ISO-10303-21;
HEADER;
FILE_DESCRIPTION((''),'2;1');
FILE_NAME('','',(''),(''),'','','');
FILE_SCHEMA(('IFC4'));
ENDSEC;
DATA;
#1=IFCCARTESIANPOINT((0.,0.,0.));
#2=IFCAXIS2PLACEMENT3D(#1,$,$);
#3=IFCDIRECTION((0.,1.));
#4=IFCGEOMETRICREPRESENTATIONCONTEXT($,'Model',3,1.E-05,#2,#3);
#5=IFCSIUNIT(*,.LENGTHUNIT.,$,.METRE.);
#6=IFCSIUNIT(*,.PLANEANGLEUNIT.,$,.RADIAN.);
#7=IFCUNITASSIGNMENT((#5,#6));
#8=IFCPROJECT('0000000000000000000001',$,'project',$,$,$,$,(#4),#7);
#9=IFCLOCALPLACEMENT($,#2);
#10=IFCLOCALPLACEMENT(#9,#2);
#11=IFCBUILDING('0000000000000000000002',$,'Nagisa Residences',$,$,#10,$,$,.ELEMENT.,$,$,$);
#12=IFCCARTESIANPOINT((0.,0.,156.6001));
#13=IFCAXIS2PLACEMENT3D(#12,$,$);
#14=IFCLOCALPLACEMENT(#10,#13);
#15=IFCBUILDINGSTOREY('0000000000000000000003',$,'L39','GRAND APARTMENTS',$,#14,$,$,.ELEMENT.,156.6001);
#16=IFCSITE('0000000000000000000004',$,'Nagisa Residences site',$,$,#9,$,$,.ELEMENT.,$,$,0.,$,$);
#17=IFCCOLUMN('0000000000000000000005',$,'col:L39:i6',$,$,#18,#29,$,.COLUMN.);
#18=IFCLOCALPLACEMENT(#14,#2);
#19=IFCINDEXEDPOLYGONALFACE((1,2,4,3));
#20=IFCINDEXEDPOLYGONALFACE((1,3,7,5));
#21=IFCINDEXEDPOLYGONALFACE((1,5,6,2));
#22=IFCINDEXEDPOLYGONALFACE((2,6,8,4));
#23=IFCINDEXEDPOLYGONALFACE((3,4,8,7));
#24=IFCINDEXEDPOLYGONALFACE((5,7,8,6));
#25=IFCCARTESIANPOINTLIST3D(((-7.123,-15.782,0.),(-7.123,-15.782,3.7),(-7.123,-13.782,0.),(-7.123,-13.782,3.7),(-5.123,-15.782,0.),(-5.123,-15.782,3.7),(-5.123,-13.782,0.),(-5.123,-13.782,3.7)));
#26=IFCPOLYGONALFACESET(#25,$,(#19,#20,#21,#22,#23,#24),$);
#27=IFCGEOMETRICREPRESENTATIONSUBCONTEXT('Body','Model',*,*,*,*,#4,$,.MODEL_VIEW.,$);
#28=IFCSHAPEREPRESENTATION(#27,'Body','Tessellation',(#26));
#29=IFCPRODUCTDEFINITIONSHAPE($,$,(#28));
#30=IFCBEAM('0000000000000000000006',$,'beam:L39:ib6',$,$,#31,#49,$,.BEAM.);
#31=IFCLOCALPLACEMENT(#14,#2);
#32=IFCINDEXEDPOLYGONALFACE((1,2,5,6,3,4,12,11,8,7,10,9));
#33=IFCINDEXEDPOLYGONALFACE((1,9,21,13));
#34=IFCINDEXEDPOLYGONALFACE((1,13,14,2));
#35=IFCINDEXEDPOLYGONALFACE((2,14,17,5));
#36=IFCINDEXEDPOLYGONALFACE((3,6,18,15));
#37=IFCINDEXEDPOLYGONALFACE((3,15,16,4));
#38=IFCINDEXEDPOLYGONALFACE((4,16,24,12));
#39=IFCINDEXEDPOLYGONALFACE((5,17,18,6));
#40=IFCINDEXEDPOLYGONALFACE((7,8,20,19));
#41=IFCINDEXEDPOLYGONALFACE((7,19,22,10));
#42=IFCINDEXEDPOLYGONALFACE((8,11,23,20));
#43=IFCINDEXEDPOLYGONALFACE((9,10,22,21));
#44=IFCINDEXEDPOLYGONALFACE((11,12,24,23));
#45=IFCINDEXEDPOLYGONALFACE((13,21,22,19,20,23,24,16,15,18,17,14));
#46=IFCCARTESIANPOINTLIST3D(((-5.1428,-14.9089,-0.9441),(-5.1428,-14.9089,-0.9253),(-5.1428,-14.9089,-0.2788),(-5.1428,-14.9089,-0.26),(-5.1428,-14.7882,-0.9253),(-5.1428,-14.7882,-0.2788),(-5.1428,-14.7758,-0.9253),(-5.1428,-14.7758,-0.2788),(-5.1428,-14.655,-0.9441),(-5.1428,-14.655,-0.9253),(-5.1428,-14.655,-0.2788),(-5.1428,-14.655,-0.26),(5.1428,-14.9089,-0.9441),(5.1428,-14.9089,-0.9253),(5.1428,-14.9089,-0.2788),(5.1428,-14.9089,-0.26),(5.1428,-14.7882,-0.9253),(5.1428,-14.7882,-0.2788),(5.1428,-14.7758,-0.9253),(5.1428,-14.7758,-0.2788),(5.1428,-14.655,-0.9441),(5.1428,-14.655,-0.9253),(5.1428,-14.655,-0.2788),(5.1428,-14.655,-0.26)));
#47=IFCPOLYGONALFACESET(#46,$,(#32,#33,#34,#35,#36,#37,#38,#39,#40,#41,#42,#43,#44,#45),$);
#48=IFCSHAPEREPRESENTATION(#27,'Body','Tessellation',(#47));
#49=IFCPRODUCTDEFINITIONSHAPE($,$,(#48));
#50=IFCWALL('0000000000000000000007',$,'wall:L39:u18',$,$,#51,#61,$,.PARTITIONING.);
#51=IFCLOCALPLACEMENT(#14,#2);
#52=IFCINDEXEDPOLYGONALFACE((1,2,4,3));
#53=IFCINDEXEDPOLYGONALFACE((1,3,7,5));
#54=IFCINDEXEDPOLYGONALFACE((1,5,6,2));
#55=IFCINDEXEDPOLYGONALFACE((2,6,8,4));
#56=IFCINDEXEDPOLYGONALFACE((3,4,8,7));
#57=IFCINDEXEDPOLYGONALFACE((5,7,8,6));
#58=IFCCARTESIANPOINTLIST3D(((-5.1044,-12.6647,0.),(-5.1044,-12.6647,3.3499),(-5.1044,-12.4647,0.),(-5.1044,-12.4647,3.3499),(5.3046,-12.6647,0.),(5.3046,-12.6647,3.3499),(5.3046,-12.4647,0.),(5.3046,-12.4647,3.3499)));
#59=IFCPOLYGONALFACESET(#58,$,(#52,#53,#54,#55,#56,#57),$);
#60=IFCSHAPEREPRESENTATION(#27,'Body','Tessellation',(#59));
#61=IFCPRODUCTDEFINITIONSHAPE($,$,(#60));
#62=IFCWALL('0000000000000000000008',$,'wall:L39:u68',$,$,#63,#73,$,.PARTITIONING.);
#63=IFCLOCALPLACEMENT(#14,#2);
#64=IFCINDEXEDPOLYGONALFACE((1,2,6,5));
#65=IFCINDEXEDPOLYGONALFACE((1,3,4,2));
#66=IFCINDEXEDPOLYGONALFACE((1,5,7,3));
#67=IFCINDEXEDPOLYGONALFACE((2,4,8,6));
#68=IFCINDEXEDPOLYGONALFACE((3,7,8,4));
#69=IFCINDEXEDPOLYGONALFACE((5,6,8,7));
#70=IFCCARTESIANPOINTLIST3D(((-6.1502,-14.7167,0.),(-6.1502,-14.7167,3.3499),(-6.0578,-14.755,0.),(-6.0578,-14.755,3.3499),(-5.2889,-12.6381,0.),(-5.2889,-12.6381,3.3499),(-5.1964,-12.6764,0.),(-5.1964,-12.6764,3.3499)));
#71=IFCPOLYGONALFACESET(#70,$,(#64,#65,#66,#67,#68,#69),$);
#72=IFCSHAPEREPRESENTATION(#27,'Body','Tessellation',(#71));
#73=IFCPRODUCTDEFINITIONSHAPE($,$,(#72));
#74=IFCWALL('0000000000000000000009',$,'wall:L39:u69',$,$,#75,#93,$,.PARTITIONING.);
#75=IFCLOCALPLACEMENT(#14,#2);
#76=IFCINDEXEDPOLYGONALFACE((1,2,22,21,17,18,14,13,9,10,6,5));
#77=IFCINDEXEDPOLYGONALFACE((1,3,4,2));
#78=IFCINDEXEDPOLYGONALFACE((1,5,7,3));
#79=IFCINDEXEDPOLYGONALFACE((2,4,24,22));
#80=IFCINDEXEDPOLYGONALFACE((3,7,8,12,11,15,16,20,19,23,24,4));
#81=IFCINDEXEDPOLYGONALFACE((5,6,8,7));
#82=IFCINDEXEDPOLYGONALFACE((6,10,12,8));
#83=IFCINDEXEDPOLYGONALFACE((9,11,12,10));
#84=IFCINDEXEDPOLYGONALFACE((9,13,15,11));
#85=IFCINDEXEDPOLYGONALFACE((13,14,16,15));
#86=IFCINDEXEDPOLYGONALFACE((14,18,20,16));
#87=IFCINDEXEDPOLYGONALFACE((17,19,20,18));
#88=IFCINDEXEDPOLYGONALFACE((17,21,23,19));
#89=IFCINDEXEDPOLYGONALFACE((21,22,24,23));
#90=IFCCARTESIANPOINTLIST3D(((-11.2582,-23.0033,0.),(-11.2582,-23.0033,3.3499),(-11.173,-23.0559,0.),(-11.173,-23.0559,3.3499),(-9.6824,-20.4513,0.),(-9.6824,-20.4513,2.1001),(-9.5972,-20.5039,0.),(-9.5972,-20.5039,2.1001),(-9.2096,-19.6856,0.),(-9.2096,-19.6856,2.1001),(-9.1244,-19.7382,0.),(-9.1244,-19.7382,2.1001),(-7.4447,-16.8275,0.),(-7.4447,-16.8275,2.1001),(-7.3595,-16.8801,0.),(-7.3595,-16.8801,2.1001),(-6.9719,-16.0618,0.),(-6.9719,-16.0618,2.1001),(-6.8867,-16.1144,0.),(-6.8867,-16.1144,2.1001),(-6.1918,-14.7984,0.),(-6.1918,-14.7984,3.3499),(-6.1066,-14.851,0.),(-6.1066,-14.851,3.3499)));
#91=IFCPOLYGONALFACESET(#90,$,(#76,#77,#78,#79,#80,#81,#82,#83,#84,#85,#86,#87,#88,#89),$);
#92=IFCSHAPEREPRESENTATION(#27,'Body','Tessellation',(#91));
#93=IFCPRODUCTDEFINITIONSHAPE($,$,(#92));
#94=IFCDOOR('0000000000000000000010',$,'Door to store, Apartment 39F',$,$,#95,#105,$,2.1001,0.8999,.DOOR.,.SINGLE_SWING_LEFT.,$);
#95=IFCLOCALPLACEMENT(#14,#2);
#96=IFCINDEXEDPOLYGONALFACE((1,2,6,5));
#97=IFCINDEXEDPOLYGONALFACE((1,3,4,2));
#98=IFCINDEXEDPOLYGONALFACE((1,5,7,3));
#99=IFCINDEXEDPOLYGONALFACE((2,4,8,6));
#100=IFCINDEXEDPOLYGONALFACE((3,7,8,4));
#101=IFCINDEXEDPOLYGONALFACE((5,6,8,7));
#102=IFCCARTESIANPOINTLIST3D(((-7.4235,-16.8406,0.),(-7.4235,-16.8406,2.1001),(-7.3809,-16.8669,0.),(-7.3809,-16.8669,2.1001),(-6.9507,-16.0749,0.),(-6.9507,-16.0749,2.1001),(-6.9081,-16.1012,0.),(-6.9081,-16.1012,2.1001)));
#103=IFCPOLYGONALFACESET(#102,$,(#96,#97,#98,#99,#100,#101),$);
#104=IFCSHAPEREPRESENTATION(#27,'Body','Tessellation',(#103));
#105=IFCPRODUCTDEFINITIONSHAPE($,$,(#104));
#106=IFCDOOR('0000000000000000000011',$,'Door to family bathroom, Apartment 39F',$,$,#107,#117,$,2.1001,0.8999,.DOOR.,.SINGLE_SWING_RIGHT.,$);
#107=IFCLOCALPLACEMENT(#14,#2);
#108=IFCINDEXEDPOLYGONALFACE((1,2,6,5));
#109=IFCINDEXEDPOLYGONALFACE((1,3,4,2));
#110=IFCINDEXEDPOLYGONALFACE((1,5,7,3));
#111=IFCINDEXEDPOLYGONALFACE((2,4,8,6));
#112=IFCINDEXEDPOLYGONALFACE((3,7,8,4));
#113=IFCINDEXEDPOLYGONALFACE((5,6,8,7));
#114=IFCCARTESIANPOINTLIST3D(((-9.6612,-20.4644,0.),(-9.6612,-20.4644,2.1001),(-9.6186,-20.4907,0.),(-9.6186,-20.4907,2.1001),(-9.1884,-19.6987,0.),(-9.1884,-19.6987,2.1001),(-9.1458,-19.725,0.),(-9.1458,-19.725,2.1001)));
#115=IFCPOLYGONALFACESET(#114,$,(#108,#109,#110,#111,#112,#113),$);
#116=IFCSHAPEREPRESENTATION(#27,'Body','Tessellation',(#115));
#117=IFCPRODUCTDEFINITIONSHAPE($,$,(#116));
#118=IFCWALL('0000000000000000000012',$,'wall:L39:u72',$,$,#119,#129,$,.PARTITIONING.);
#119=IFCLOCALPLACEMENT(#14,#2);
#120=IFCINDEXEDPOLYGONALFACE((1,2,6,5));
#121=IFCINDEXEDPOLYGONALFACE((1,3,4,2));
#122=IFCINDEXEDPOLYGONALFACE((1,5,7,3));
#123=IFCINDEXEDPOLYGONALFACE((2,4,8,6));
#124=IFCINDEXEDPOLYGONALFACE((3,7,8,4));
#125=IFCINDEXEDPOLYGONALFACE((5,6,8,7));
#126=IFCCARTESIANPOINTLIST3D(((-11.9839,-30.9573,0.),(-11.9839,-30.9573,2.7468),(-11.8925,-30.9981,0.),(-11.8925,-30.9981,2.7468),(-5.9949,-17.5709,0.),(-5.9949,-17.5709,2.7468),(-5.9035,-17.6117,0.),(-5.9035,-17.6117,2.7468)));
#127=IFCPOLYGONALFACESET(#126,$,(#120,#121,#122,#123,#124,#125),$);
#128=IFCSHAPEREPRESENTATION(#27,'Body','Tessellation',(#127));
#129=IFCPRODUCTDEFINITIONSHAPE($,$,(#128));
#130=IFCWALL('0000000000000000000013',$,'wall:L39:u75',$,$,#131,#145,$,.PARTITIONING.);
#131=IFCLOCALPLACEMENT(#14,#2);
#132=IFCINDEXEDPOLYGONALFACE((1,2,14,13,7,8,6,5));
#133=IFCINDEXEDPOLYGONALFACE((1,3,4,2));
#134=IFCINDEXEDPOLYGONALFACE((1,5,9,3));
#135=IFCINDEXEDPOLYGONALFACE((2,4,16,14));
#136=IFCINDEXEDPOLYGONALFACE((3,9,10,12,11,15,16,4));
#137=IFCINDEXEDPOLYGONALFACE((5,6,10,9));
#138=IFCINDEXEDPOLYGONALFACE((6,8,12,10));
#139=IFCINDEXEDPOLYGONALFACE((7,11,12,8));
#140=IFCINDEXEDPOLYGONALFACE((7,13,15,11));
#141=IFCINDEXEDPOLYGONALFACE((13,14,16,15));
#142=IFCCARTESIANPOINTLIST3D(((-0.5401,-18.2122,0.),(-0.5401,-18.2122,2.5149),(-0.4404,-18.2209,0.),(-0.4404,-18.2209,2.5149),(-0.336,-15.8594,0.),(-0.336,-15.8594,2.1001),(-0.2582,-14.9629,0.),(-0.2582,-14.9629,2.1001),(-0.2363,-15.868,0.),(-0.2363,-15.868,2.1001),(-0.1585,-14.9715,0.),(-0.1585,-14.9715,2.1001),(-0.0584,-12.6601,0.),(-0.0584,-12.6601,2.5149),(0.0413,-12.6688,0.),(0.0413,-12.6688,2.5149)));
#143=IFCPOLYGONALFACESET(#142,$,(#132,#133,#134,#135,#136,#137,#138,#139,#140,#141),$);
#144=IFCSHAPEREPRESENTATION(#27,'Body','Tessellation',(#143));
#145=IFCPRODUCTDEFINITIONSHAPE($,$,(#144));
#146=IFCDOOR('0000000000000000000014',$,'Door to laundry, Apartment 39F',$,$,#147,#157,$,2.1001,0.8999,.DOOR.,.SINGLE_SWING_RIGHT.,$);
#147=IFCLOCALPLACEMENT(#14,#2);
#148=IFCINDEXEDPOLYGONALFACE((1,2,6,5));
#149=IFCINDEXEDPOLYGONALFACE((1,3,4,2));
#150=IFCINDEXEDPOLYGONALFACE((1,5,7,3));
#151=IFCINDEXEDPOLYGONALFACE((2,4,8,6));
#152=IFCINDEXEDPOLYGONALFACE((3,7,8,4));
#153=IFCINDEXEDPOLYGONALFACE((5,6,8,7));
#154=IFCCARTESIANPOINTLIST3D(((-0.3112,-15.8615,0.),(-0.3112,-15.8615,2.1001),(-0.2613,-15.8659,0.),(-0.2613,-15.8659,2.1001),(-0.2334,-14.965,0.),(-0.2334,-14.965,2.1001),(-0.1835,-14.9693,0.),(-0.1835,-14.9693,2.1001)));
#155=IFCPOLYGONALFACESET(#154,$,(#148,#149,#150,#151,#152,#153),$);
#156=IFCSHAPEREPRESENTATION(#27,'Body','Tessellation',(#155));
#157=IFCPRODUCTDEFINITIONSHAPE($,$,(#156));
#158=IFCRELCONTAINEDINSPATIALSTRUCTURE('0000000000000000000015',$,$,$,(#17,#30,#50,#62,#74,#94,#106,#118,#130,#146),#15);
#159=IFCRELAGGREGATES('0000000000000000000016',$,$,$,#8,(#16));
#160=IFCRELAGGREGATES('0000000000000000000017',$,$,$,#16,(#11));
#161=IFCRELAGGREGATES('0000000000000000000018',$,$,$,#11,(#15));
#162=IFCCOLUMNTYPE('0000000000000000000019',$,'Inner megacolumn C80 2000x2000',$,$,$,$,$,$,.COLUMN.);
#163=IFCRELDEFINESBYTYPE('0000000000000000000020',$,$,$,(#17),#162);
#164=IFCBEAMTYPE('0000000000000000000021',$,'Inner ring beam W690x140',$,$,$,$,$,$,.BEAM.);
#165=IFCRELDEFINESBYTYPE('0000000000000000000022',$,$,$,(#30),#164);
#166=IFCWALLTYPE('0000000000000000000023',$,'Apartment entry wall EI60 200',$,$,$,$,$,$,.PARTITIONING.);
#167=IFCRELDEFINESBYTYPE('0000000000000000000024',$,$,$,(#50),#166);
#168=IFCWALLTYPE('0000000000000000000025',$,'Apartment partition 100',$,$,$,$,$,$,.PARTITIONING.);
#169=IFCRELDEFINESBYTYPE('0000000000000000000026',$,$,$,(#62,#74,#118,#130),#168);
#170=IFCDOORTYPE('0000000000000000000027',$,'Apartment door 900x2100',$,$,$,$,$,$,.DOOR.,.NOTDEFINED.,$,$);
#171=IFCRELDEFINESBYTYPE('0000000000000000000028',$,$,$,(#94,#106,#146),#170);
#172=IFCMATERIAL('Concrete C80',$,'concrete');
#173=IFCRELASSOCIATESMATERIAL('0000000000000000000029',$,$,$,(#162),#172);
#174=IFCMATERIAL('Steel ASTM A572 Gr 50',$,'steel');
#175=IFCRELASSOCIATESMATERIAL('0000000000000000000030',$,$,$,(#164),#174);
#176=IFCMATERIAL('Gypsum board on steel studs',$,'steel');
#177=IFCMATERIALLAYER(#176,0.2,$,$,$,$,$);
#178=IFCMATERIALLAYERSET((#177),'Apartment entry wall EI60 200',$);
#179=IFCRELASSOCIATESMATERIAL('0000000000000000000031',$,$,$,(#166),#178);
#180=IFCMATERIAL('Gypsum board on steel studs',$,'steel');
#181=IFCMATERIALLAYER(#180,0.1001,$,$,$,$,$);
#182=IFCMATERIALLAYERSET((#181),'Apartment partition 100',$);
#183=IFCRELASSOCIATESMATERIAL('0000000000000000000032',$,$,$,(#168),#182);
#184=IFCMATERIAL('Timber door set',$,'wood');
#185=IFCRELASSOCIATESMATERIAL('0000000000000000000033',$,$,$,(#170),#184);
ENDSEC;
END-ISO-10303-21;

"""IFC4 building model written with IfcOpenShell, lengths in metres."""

from ifc_helpers import new_model, si_unit, direction, frame, frame_2d, origin, origin_2d, place, context, subcontext, project, spatial, rectangle, i_section, extrude, material, layer, layer_set, material_profile, profile_set, type_object, element, fill, save


model = new_model("IFC4")

# Units and contexts
model_context = context("Model", 3, precision=1e-05, world=origin(), true_north=direction((0.0, 1.0)))
body_context = subcontext(model_context, "Body", "Model", "MODEL_VIEW")
ifc_project = project(units=[si_unit("LENGTHUNIT", "METRE"), si_unit("PLANEANGLEUNIT", "RADIAN")], contexts=[model_context])

# Site, building, storey
site_placement = place(None, origin())
site = spatial("IfcSite", under=ifc_project, at=site_placement, Name="Nagisa Residences site", CompositionType="ELEMENT", RefElevation=0.0)
building_placement = place(site_placement, origin())
building = spatial("IfcBuilding", under=site, at=building_placement, Name="Nagisa Residences", CompositionType="ELEMENT")
storey_placement = place(building_placement, frame((0.0, 0.0, 156.6001)))
storey = spatial("IfcBuildingStorey", under=building, at=storey_placement, Name="L39", Description="GRAND APARTMENTS", CompositionType="ELEMENT", Elevation=156.6001)

# Column
ifc_material_1 = material(Name="Concrete C80", Category="concrete")
ifc_material_profile_1 = material_profile(ifc_material_1, rectangle(XDim=2.0, YDim=2.0, at=origin_2d()), Name="C80 2000x2000")
ifc_profile_set_1 = profile_set([ifc_material_profile_1], Name="Concrete C80")
column_type = type_object("IfcColumnType", Name="Inner megacolumn C80 2000x2000", PredefinedType="COLUMN", material=ifc_profile_set_1)
column_placement = place(storey_placement, frame((-6.123, -14.782, 0.0), z_axis=(0.0, 0.0, 1.0), x_axis=(1.0, 0.0, 0.0)))
element("IfcColumn", 1, at=column_placement, inside=storey, type_object=column_type, Name="col:L39:i6", PredefinedType="COLUMN", context=body_context, shape_type="SweptSolid", body=[
    extrude(rectangle(XDim=2.0, YDim=2.0, at=origin_2d()), origin(), (0.0, 0.0, 1.0), 3.7),
])

# Beam
ifc_material_2 = material(Name="Steel ASTM A572 Gr 50", Category="steel")
ifc_material_profile_2 = material_profile(ifc_material_2, i_section(OverallWidth=0.2539, OverallDepth=0.6841, WebThickness=0.0125, FlangeThickness=0.0188, at=origin_2d()), Name="W690x140")
ifc_profile_set_2 = profile_set([ifc_material_profile_2], Name="Steel ASTM A572 Gr 50")
beam_type = type_object("IfcBeamType", Name="Inner ring beam W690x140", PredefinedType="BEAM", material=ifc_profile_set_2)
beam_placement = place(storey_placement, frame((-5.1428, -14.782, -0.6021), z_axis=(1.0, 0.0, 0.0), x_axis=(0.0, 1.0, 0.0)))
element("IfcBeam", 2, at=beam_placement, inside=storey, type_object=beam_type, Name="beam:L39:ib6", PredefinedType="BEAM", context=body_context, shape_type="SweptSolid", body=[
    extrude(i_section(OverallWidth=0.2539, OverallDepth=0.6841, WebThickness=0.0125, FlangeThickness=0.0188, at=origin_2d()), origin(), (0.0, 0.0, 1.0), 10.2856),
])

# Walls
ifc_material_3 = material(Name="Gypsum board on steel studs", Category="steel")
ifc_layer_1 = layer(ifc_material_3, 0.2)
ifc_layer_set_1 = layer_set([ifc_layer_1], Name="Apartment entry wall EI60 200")
wall_type_1 = type_object("IfcWallType", Name="Apartment entry wall EI60 200", PredefinedType="PARTITIONING", material=ifc_layer_set_1)
wall_1_placement = place(storey_placement, frame((-5.1045, -12.5647, 0.0), z_axis=(0.0, 0.0, 1.0), x_axis=(1.0, 0.0, 0.0)))
element("IfcWall", 3, at=wall_1_placement, inside=storey, type_object=wall_type_1, Name="wall:L39:u18", PredefinedType="PARTITIONING", context=body_context, shape_type="SweptSolid", body=[
    extrude(rectangle(XDim=10.4089, YDim=0.2, at=frame_2d((5.2046, 0.0))), origin(), (0.0, 0.0, 1.0), 3.3499),
])
ifc_material_4 = material(Name="Gypsum board on steel studs", Category="steel")
ifc_layer_2 = layer(ifc_material_4, 0.1001)
ifc_layer_set_2 = layer_set([ifc_layer_2], Name="Apartment partition 100")
wall_type_2 = type_object("IfcWallType", Name="Apartment partition 100", PredefinedType="PARTITIONING", material=ifc_layer_set_2)
wall_2_placement = place(storey_placement, frame((-5.2427, -12.6572, 0.0), z_axis=(0.0, 0.0, 1.0), x_axis=(-0.382812, -0.923826, 0.0)))
element("IfcWall", 4, at=wall_2_placement, inside=storey, type_object=wall_type_2, Name="wall:L39:u68", PredefinedType="PARTITIONING", context=body_context, shape_type="SweptSolid", body=[
    extrude(rectangle(XDim=2.25, YDim=0.1001, at=frame_2d((1.125, 0.0))), origin(), (0.0, 0.0, 1.0), 3.3499),
])

# Wall, openings, doors
wall_3_placement = place(storey_placement, frame((-6.1492, -14.8247, 0.0), z_axis=(0.0, 0.0, 1.0), x_axis=(-0.525396, -0.850858, 0.0)))
wall_3 = element("IfcWall", 5, at=wall_3_placement, inside=storey, type_object=wall_type_2, Name="wall:L39:u69", PredefinedType="PARTITIONING", context=body_context, shape_type="SweptSolid", body=[
    extrude(rectangle(XDim=9.6431, YDim=0.1001, at=frame_2d((4.8215, 0.0))), origin(), (0.0, 0.0, 1.0), 3.3499),
])
opening_1_placement = place(wall_3_placement, frame((1.4849, 0.0, 0.0)))
opening_1 = element("IfcOpeningElement", 6, at=opening_1_placement, cuts=wall_3, PredefinedType="OPENING", context=body_context, shape_type="SweptSolid", body=[
    extrude(rectangle(XDim=0.8999, YDim=2.1001, at=frame_2d((0.45, 1.05))), frame((0.0, 0.0601, 0.0), z_axis=(0.0, -1.0, 0.0), x_axis=(1.0, 0.0, 0.0)), (0.0, 0.0, 1.0), 0.1201),
])
opening_2_placement = place(wall_3_placement, frame((5.7439, 0.0, 0.0)))
opening_2 = element("IfcOpeningElement", 7, at=opening_2_placement, cuts=wall_3, PredefinedType="OPENING", context=body_context, shape_type="SweptSolid", body=[
    extrude(rectangle(XDim=0.8999, YDim=2.1001, at=frame_2d((0.45, 1.05))), frame((0.0, 0.0601, 0.0), z_axis=(0.0, -1.0, 0.0), x_axis=(1.0, 0.0, 0.0)), (0.0, 0.0, 1.0), 0.1201),
])
ifc_material_5 = material(Name="Timber door set", Category="wood")
door_type_1 = type_object("IfcDoorType", Name="Apartment door 900x2100", OperationType="NOTDEFINED", PredefinedType="DOOR", material=ifc_material_5)
door_1_placement = place(opening_1_placement, origin())
door_1 = element("IfcDoor", 8, at=door_1_placement, inside=storey, type_object=door_type_1, Name="Door to store, Apartment 39F", OperationType="SINGLE_SWING_LEFT", OverallHeight=2.1001, OverallWidth=0.8999, PredefinedType="DOOR", context=body_context, shape_type="SweptSolid", body=[
    extrude(rectangle(XDim=0.8999, YDim=2.1001, at=frame_2d((0.45, 1.05))), frame((0.0, 0.0249, 0.0), z_axis=(0.0, -1.0, 0.0), x_axis=(1.0, 0.0, 0.0)), (0.0, 0.0, 1.0), 0.05),
])
fill(opening_1, door_1)
door_2_placement = place(opening_2_placement, origin())
door_2 = element("IfcDoor", 9, at=door_2_placement, inside=storey, type_object=door_type_1, Name="Door to family bathroom, Apartment 39F", OperationType="SINGLE_SWING_RIGHT", OverallHeight=2.1001, OverallWidth=0.8999, PredefinedType="DOOR", context=body_context, shape_type="SweptSolid", body=[
    extrude(rectangle(XDim=0.8999, YDim=2.1001, at=frame_2d((0.45, 1.05))), frame((0.0, 0.0249, 0.0), z_axis=(0.0, -1.0, 0.0), x_axis=(1.0, 0.0, 0.0)), (0.0, 0.0, 1.0), 0.05),
])
fill(opening_2, door_2)

# Wall
wall_4_placement = place(storey_placement, frame((-5.9492, -17.5913, 0.0), z_axis=(0.0, 0.0, 1.0), x_axis=(-0.408385, -0.91281, 0.0)))
element("IfcWall", 10, at=wall_4_placement, inside=storey, type_object=wall_type_2, Name="wall:L39:u72", PredefinedType="PARTITIONING", context=body_context, shape_type="SweptSolid", body=[
    extrude(rectangle(XDim=14.665, YDim=0.1001, at=frame_2d((7.3325, 0.0))), origin(), (0.0, 0.0, 1.0), 2.7468),
])

# Wall, opening, door
wall_5_placement = place(storey_placement, frame((-0.0085, -12.6643, 0.0), z_axis=(0.0, 0.0, 1.0), x_axis=(-0.086431, -0.996258, 0.0)))
wall_5 = element("IfcWall", 11, at=wall_5_placement, inside=storey, type_object=wall_type_2, Name="wall:L39:u75", PredefinedType="PARTITIONING", context=body_context, shape_type="SweptSolid", body=[
    extrude(rectangle(XDim=5.573, YDim=0.1001, at=frame_2d((2.7866, 0.0))), origin(), (0.0, 0.0, 1.0), 2.5149),
])
opening_3_placement = place(wall_5_placement, frame((2.3115, 0.0, 0.0)))
opening_3 = element("IfcOpeningElement", 12, at=opening_3_placement, cuts=wall_5, PredefinedType="OPENING", context=body_context, shape_type="SweptSolid", body=[
    extrude(rectangle(XDim=0.8999, YDim=2.1001, at=frame_2d((0.45, 1.05))), frame((0.0, 0.0601, 0.0), z_axis=(0.0, -1.0, 0.0), x_axis=(1.0, 0.0, 0.0)), (0.0, 0.0, 1.0), 0.1201),
])
door_3_placement = place(opening_3_placement, origin())
door_3 = element("IfcDoor", 13, at=door_3_placement, inside=storey, type_object=door_type_1, Name="Door to laundry, Apartment 39F", OperationType="SINGLE_SWING_RIGHT", OverallHeight=2.1001, OverallWidth=0.8999, PredefinedType="DOOR", context=body_context, shape_type="SweptSolid", body=[
    extrude(rectangle(XDim=0.8999, YDim=2.1001, at=frame_2d((0.45, 1.05))), frame((0.0, 0.0249, 0.0), z_axis=(0.0, -1.0, 0.0), x_axis=(1.0, 0.0, 0.0)), (0.0, 0.0, 1.0), 0.05),
])
fill(opening_3, door_3)

save(model, "model.ifc")
